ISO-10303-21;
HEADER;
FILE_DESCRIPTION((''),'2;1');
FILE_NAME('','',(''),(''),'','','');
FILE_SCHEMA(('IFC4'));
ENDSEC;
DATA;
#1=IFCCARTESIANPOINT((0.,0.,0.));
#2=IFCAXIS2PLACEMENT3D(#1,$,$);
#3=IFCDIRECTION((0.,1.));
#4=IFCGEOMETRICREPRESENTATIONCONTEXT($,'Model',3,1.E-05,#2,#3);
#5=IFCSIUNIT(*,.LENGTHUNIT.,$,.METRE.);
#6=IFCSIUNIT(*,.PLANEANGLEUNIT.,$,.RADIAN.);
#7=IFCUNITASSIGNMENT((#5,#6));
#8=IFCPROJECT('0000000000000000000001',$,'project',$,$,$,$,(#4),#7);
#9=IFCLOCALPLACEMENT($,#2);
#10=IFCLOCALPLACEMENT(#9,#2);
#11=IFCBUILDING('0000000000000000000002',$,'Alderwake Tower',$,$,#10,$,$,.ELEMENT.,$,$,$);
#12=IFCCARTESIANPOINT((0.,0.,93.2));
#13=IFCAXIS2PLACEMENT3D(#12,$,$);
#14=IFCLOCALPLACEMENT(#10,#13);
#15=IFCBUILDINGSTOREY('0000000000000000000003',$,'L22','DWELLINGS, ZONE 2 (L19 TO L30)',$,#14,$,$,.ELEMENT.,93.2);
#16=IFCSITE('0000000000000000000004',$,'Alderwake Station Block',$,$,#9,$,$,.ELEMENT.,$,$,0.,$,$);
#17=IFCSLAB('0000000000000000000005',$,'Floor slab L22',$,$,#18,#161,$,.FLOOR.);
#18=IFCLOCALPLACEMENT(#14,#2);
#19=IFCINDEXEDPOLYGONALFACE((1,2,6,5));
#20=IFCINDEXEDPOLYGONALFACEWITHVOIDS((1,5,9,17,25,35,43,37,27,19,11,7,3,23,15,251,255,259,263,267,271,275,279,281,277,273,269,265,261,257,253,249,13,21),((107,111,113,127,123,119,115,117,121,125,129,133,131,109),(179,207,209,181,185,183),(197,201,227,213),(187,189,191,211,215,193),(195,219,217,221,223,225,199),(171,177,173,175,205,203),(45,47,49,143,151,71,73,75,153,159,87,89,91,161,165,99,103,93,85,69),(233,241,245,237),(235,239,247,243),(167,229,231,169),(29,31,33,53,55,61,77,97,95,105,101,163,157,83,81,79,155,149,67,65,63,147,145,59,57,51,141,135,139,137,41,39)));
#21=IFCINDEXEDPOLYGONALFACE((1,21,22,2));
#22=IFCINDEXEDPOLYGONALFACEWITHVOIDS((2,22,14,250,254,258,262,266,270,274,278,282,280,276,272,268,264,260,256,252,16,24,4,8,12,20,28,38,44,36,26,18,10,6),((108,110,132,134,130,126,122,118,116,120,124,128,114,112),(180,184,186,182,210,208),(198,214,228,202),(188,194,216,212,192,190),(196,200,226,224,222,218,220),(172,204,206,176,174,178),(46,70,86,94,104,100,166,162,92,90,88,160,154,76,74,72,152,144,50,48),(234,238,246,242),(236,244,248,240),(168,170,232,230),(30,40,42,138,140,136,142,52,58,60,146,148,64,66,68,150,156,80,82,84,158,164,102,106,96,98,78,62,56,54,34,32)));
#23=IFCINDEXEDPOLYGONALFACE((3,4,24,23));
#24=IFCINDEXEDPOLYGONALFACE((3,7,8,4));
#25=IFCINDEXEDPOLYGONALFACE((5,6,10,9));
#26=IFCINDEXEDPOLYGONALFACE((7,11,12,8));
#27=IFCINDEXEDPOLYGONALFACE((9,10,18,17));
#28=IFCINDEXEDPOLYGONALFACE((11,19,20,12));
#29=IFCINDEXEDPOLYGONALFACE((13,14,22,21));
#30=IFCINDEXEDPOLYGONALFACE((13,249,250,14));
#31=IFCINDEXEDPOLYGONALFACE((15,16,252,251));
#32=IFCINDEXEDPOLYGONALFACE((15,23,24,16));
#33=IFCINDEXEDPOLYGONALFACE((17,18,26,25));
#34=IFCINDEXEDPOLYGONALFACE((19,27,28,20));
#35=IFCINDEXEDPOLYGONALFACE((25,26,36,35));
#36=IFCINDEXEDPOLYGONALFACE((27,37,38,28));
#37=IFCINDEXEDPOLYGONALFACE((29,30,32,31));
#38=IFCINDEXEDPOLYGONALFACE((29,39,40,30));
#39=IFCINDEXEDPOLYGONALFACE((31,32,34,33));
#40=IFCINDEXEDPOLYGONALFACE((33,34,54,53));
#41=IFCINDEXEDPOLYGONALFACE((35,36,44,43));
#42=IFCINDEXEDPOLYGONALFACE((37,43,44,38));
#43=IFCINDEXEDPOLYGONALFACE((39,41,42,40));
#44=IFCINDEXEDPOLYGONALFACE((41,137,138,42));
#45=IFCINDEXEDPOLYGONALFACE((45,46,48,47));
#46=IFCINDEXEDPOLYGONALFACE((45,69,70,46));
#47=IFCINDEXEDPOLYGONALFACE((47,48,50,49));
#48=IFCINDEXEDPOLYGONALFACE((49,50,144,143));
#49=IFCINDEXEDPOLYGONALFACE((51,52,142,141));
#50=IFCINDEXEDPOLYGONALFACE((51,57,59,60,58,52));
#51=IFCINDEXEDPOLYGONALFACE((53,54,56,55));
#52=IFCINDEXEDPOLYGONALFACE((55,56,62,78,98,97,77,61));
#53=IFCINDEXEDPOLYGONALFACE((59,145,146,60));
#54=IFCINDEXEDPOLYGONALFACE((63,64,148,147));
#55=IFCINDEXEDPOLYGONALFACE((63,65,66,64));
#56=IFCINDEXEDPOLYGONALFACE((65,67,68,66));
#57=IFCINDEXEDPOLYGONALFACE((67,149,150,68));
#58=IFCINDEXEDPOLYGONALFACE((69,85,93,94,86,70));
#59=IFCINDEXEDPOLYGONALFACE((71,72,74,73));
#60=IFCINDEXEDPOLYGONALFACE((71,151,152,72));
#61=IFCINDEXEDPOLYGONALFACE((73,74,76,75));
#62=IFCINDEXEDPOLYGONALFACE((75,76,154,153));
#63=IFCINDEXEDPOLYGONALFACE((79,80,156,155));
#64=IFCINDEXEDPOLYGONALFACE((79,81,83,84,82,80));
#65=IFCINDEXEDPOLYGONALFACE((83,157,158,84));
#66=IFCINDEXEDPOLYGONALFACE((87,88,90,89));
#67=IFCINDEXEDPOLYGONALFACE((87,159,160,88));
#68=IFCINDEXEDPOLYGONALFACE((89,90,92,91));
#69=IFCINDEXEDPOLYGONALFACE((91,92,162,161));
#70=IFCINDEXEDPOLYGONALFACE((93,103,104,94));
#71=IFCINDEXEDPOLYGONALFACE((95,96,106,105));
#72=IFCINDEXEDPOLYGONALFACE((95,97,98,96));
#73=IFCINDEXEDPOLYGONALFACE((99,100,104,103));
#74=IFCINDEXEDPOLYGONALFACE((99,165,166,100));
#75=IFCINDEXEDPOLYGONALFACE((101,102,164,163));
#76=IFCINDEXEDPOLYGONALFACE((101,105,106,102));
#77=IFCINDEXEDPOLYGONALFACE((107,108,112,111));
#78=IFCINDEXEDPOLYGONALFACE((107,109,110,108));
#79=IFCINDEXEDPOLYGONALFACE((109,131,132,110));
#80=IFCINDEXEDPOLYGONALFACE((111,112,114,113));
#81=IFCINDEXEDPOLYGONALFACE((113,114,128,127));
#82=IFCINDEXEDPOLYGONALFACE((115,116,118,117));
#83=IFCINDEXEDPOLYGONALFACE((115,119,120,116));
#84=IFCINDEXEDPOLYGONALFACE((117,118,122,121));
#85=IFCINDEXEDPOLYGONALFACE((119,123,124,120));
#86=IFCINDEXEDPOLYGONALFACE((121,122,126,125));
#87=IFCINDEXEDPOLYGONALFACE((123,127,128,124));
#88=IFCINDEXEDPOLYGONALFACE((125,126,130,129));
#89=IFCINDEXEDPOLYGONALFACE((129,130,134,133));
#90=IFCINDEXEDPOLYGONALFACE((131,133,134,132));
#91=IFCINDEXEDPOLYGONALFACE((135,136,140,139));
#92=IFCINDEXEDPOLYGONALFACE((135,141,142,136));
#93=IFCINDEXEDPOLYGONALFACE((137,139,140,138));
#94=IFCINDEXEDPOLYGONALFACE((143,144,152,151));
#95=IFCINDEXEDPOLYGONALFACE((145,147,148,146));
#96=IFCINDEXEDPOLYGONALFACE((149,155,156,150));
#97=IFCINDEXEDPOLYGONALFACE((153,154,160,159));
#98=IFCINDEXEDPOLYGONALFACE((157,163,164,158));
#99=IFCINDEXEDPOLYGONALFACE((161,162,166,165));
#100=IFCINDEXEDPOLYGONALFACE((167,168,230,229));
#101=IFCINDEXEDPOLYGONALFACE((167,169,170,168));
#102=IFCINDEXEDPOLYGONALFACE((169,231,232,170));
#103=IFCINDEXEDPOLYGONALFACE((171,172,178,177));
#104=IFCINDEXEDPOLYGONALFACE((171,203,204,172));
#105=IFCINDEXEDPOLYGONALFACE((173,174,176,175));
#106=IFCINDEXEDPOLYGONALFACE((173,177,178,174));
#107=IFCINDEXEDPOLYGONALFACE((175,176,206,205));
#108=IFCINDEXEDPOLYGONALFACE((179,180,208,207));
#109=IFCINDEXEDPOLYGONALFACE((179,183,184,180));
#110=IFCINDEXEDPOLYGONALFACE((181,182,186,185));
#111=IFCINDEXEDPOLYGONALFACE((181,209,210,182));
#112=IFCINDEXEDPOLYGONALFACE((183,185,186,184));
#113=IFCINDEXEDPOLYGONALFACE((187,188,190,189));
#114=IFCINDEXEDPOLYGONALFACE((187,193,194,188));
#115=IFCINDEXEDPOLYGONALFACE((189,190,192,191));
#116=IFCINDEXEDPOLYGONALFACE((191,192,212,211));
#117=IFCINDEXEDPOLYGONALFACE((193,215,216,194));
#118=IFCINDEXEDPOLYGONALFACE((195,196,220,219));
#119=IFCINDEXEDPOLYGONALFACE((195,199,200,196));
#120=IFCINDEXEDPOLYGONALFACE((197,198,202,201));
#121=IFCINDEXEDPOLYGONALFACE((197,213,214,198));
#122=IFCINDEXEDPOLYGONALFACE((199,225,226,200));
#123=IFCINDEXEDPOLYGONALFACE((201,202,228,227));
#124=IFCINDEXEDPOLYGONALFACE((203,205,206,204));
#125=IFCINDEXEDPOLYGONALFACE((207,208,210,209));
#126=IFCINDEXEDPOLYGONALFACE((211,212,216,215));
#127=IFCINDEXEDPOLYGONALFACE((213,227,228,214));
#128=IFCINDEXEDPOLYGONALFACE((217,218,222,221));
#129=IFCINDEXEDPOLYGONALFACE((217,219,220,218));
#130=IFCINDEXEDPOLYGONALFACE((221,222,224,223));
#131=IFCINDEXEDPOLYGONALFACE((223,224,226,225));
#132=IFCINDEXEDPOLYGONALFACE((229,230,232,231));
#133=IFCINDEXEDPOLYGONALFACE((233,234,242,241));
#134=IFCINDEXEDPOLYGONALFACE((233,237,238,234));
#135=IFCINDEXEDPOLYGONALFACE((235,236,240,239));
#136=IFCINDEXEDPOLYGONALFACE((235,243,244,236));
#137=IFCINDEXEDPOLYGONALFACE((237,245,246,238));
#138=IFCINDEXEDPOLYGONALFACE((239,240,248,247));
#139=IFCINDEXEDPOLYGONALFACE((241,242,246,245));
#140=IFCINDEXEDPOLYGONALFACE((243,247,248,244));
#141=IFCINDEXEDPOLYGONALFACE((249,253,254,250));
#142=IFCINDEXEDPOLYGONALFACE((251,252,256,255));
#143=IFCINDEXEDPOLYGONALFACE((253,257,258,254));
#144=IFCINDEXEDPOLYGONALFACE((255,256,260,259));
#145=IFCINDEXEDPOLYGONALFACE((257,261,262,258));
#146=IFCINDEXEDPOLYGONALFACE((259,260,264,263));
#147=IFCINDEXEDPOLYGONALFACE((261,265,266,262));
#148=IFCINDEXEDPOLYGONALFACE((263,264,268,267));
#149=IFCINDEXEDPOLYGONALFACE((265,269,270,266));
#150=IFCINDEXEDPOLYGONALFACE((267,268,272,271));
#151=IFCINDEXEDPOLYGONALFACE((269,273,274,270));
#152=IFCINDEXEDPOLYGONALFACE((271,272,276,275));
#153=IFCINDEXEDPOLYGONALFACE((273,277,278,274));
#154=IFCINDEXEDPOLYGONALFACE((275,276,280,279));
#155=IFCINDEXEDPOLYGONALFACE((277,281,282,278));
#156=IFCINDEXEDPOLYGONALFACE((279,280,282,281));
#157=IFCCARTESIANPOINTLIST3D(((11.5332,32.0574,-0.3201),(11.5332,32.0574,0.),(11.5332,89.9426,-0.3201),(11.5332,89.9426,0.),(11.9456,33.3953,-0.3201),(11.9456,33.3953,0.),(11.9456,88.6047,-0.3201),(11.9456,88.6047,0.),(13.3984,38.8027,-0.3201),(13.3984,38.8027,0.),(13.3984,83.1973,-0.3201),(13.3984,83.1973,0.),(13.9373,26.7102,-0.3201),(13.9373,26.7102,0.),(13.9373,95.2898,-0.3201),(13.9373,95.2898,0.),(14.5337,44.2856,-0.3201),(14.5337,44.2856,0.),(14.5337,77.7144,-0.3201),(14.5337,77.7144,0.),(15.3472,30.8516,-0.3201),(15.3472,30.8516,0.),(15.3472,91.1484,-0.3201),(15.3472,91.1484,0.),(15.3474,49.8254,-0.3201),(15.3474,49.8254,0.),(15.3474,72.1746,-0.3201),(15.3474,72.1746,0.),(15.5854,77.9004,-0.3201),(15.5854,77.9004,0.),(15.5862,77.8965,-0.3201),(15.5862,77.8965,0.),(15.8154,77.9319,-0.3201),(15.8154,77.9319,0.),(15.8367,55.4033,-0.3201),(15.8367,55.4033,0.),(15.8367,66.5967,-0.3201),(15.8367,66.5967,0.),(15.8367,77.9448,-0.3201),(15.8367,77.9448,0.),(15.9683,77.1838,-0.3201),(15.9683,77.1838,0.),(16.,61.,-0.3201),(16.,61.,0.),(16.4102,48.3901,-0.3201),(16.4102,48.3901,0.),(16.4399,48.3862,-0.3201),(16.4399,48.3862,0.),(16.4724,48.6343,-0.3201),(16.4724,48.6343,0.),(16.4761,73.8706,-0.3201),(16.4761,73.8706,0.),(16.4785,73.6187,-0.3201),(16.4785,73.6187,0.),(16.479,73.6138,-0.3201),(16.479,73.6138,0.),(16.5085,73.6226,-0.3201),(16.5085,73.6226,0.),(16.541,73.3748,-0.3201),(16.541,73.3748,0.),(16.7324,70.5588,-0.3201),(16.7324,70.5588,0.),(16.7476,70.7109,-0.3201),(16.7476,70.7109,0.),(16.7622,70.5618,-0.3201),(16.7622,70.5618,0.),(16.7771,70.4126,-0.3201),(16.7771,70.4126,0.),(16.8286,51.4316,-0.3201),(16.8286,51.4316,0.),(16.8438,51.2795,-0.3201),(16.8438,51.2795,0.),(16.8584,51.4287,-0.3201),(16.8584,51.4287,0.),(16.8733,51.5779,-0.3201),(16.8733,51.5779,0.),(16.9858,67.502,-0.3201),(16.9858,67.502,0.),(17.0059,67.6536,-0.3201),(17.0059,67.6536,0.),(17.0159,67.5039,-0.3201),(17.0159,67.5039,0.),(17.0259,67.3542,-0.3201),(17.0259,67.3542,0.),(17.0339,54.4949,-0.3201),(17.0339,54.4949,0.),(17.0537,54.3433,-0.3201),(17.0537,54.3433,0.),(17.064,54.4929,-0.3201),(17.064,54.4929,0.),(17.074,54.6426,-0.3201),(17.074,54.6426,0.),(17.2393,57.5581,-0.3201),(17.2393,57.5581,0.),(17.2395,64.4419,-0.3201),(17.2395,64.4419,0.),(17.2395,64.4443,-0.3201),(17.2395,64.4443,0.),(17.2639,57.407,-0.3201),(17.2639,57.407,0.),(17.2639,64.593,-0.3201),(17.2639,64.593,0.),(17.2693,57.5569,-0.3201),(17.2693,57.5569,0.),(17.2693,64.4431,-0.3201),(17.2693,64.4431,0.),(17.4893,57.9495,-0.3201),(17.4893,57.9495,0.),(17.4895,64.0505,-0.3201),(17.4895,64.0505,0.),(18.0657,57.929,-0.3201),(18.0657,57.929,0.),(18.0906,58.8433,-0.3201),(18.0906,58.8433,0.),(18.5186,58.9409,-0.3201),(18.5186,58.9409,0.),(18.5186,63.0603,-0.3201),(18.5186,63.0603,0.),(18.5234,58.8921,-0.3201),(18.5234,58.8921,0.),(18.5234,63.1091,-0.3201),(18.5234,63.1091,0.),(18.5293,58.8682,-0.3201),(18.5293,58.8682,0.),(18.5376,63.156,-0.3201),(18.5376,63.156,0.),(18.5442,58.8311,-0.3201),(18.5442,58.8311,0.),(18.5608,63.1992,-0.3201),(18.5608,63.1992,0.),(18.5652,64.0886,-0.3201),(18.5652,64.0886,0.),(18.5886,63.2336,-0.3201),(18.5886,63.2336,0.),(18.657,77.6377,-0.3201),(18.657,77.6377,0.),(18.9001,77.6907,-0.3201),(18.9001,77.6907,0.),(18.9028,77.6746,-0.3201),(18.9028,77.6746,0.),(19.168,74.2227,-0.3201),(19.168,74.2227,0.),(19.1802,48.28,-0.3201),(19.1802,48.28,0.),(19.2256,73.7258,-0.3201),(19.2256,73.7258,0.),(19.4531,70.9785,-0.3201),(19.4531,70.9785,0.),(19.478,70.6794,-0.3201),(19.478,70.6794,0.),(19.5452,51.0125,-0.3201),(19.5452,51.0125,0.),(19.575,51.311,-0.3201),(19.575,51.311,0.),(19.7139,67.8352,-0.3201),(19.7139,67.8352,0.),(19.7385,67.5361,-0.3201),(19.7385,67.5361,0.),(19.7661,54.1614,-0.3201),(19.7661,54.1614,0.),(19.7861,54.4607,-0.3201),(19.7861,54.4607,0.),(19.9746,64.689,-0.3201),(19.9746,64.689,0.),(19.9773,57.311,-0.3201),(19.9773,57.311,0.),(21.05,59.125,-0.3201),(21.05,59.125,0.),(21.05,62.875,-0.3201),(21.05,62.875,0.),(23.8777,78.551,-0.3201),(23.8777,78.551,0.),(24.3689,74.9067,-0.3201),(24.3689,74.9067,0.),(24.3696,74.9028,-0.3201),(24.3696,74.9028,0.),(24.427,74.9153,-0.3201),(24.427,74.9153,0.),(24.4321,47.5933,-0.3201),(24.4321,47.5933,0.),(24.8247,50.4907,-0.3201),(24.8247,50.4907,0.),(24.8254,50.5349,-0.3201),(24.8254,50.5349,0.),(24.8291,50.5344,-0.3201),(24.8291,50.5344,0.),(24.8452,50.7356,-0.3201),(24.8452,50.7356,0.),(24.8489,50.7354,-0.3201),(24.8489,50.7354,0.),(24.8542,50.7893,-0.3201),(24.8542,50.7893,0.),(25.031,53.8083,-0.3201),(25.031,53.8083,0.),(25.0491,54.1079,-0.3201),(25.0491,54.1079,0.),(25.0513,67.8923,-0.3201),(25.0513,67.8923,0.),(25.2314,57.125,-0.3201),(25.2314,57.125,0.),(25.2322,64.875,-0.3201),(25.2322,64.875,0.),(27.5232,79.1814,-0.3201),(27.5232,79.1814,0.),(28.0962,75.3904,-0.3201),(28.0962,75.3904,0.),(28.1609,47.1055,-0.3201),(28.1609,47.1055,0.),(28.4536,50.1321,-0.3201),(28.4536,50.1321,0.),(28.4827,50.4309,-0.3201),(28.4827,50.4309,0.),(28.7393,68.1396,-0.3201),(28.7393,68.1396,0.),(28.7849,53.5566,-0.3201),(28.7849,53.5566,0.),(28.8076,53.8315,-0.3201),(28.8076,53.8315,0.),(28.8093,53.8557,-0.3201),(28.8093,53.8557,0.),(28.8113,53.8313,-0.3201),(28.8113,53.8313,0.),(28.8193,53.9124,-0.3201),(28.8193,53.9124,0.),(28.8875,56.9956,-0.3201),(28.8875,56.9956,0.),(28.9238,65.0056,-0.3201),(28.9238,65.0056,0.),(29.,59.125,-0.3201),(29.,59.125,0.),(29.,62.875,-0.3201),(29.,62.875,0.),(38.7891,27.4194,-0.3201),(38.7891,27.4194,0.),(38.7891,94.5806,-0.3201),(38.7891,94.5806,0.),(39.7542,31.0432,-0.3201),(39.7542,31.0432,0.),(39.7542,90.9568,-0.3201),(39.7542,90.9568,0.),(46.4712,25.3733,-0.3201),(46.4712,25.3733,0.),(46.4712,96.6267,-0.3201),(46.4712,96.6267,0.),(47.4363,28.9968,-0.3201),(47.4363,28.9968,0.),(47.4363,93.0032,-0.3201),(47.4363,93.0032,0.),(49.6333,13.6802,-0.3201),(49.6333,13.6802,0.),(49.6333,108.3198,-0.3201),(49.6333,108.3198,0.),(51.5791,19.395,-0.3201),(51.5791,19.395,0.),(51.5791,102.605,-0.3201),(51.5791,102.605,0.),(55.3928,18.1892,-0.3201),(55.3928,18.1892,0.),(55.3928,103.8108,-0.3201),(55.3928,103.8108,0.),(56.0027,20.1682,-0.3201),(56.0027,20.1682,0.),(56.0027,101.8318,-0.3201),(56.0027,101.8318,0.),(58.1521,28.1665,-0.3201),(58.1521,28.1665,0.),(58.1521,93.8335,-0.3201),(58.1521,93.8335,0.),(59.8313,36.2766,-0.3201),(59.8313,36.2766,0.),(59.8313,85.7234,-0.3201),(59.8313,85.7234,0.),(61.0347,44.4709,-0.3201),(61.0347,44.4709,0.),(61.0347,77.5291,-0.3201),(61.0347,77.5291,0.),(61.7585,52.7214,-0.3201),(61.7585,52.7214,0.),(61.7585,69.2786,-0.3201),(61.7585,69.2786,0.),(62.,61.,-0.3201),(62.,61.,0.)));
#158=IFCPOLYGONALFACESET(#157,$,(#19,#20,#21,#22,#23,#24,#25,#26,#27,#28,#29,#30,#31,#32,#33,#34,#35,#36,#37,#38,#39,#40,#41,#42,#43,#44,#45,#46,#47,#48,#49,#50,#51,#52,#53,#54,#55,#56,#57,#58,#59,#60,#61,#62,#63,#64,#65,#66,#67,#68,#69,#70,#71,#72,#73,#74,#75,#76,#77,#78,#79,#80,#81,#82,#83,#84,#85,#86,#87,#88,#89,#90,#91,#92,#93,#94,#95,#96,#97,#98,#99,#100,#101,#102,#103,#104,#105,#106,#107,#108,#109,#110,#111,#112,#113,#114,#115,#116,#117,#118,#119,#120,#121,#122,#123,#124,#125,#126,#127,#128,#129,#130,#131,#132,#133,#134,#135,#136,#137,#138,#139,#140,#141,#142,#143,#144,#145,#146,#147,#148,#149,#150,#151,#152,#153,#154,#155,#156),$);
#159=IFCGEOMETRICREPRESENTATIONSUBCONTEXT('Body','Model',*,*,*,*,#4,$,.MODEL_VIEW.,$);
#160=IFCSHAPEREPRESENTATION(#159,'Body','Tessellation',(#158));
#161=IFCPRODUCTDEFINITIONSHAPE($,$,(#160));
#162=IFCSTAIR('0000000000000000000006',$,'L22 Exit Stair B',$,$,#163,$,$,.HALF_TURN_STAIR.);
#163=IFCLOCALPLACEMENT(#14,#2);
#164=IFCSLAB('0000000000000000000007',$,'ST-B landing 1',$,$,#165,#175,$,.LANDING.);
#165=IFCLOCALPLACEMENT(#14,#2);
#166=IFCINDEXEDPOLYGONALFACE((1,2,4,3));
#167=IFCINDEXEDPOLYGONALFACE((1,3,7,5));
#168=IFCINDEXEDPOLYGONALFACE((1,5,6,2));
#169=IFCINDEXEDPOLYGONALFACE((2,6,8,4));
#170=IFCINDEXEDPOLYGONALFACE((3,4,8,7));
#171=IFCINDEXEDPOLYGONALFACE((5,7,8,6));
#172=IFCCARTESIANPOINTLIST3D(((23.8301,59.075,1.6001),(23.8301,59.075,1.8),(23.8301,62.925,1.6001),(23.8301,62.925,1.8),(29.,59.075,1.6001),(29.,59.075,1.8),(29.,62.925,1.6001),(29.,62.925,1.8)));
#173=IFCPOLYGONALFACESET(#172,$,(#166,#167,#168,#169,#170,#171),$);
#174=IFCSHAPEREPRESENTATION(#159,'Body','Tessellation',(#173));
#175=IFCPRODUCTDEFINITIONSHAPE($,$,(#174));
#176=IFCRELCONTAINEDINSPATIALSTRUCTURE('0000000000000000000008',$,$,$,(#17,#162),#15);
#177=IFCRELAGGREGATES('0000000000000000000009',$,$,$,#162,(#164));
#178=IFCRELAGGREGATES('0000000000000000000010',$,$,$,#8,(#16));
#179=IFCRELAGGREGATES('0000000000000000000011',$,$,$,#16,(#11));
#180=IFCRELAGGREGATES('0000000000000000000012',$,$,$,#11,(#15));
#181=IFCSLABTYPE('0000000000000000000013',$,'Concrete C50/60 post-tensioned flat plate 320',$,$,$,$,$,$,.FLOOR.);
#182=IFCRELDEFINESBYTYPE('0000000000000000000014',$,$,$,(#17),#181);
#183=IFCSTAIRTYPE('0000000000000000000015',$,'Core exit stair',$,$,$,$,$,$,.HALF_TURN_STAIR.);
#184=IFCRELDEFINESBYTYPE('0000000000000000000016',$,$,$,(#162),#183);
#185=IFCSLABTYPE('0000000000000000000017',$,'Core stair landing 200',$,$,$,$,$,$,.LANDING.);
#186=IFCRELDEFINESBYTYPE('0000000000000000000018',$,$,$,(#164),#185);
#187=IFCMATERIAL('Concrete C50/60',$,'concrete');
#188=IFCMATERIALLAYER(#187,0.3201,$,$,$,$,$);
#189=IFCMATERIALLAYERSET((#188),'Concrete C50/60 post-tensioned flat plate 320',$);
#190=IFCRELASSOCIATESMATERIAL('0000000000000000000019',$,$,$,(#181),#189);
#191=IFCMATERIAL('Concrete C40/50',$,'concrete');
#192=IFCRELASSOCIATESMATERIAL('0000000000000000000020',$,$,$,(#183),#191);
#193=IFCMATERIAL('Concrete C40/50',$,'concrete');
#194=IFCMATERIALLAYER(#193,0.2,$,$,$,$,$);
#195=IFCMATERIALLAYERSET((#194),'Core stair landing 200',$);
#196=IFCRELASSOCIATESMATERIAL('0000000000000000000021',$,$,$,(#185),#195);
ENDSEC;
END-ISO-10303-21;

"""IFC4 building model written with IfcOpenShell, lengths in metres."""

from ifc_helpers import new_model, si_unit, direction, frame, origin, place, context, subcontext, project, spatial, polyline, outline, extrude, material, layer, layer_set, type_object, element, aggregate, save


model = new_model("IFC4")

# Units and contexts
model_context = context("Model", 3, precision=1e-05, world=origin(), true_north=direction((0.0, 1.0)))
body_context = subcontext(model_context, "Body", "Model", "MODEL_VIEW")
ifc_project = project(units=[si_unit("LENGTHUNIT", "METRE"), si_unit("PLANEANGLEUNIT", "RADIAN")], contexts=[model_context])

# Site, building, storey
site_placement = place(None, origin())
site = spatial("IfcSite", under=ifc_project, at=site_placement, Name="Alderwake Station Block", CompositionType="ELEMENT", RefElevation=0.0)
building_placement = place(site_placement, origin())
building = spatial("IfcBuilding", under=site, at=building_placement, Name="Alderwake Tower", CompositionType="ELEMENT")
storey_placement = place(building_placement, frame((0.0, 0.0, 93.2)))
storey = spatial("IfcBuildingStorey", under=building, at=storey_placement, Name="L22", Description="DWELLINGS, ZONE 2 (L19 TO L30)", CompositionType="ELEMENT", Elevation=93.2)

# Slab
ifc_material_1 = material(Name="Concrete C50/60", Category="concrete")
ifc_layer_1 = layer(ifc_material_1, 0.3201)
ifc_layer_set_1 = layer_set([ifc_layer_1], Name="Concrete C50/60 post-tensioned flat plate 320")
slab_type_1 = type_object("IfcSlabType", Name="Concrete C50/60 post-tensioned flat plate 320", PredefinedType="FLOOR", material=ifc_layer_set_1)
slab_1_placement = place(storey_placement, frame((0.0, 0.0, -0.3201)))
element("IfcSlab", 1, at=slab_1_placement, inside=storey, type_object=slab_type_1, Name="Floor slab L22", PredefinedType="FLOOR", context=body_context, shape_type="SweptSolid", body=[
    extrude(outline(polyline([(11.5332, 32.0574), (11.9456, 33.3953), (13.3984, 38.8027), (14.5337, 44.2856), (15.3474, 49.8254), (15.8367, 55.4033), (16.0, 61.0), (15.8367, 66.5967), (15.3474, 72.1746), (14.5337, 77.7144), (13.3984, 83.1973), (11.9456, 88.6047), (11.5332, 89.9426), (15.3472, 91.1484), (13.9373, 95.2898), (49.6333, 108.3198), (51.5791, 102.605), (55.3928, 103.8108), (56.0027, 101.8318), (58.1521, 93.8335), (59.8313, 85.7234), (61.0347, 77.5291), (61.7585, 69.2786), (62.0, 61.0), (61.7585, 52.7214), (61.0347, 44.4709), (59.8313, 36.2766), (58.1521, 28.1665), (56.0027, 20.1682), (55.3928, 18.1892), (51.5791, 19.395), (49.6333, 13.6802), (13.9373, 26.7102), (15.3472, 30.8516), (11.5332, 32.0574)]), holes=[polyline([(16.8438, 51.2795), (16.8584, 51.4287), (16.8733, 51.5779), (19.575, 51.311), (19.7661, 54.1614), (17.0537, 54.3433), (17.064, 54.4929), (17.074, 54.6426), (19.7861, 54.4607), (19.9773, 57.311), (17.2639, 57.407), (17.2693, 57.5569), (17.2393, 57.5581), (17.0339, 54.4949), (16.8286, 51.4316), (16.8286, 51.4316), (16.4102, 48.3901), (16.4399, 48.3862), (16.4724, 48.6343), (19.1802, 48.28), (19.5452, 51.0125), (16.8438, 51.2795)]), polyline([(29.0, 62.875), (21.05, 62.875), (21.05, 59.125), (29.0, 59.125), (29.0, 62.875)]), polyline([(19.7385, 67.5361), (17.0259, 67.3542), (17.0159, 67.5039), (17.0059, 67.6536), (19.7139, 67.8352), (19.478, 70.6794), (16.7771, 70.4126), (16.7622, 70.5618), (16.7476, 70.7109), (19.4531, 70.9785), (19.2256, 73.7258), (16.541, 73.3748), (16.5085, 73.6226), (16.4761, 73.8706), (19.168, 74.2227), (18.657, 77.6377), (18.9028, 77.6746), (18.9001, 77.6907), (15.9683, 77.1838), (15.8367, 77.9448), (15.5854, 77.9004), (15.5862, 77.8965), (15.8154, 77.9319), (16.4785, 73.6187), (16.479, 73.6138), (16.7324, 70.5588), (16.9858, 67.502), (17.2395, 64.4443), (17.2395, 64.4419), (17.2693, 64.4431), (17.2639, 64.593), (19.9746, 64.689), (19.7385, 67.5361)]), polyline([(47.4363, 28.9968), (39.7542, 31.0432), (38.7891, 27.4194), (46.4712, 25.3733), (47.4363, 28.9968)]), polyline([(24.8247, 50.4907), (24.8291, 50.5344), (24.8254, 50.5349), (24.4321, 47.5933), (28.1609, 47.1055), (28.4536, 50.1321), (24.8247, 50.4907)]), polyline([(25.031, 53.8083), (24.8452, 50.7356), (24.8489, 50.7354), (24.8542, 50.7893), (28.4827, 50.4309), (28.7849, 53.5566), (25.031, 53.8083)]), polyline([(28.8875, 56.9956), (25.2314, 57.125), (25.0491, 54.1079), (28.8093, 53.8557), (28.8076, 53.8315), (28.8113, 53.8313), (28.8193, 53.9124), (28.8875, 56.9956)]), polyline([(28.9238, 65.0056), (28.7393, 68.1396), (25.0513, 67.8923), (25.2322, 64.875), (28.9238, 65.0056)]), polyline([(28.0962, 75.3904), (27.5232, 79.1814), (23.8777, 78.551), (24.427, 74.9153), (24.3689, 74.9067), (24.3696, 74.9028), (28.0962, 75.3904)]), polyline([(46.4712, 96.6267), (38.7891, 94.5806), (39.7542, 90.9568), (47.4363, 93.0032), (46.4712, 96.6267)]), polyline([(17.4895, 64.0505), (17.4893, 57.9495), (18.0657, 57.929), (18.0906, 58.8433), (18.5442, 58.8311), (18.5293, 58.8682), (18.5234, 58.8921), (18.5186, 58.9409), (18.5186, 63.0603), (18.5234, 63.1091), (18.5376, 63.156), (18.5608, 63.1992), (18.5886, 63.2336), (18.5652, 64.0886), (17.4895, 64.0505)])]), origin(), (0.0, 0.0, 1.0), 0.3201),
])

# Stair, slab
ifc_material_2 = material(Name="Concrete C40/50", Category="concrete")
stair_type = type_object("IfcStairType", Name="Core exit stair", PredefinedType="HALF_TURN_STAIR", material=ifc_material_2)
stair_1_placement = place(storey_placement, origin())
stair_1 = element("IfcStair", 2, at=stair_1_placement, inside=storey, type_object=stair_type, Name="L22 Exit Stair B", PredefinedType="HALF_TURN_STAIR")
ifc_material_3 = material(Name="Concrete C40/50", Category="concrete")
ifc_layer_2 = layer(ifc_material_3, 0.2)
ifc_layer_set_2 = layer_set([ifc_layer_2], Name="Core stair landing 200")
slab_type_2 = type_object("IfcSlabType", Name="Core stair landing 200", PredefinedType="LANDING", material=ifc_layer_set_2)
slab_2_placement = place(storey_placement, frame((0.0, 0.0, 1.6001)))
slab_2 = element("IfcSlab", 3, at=slab_2_placement, type_object=slab_type_2, Name="ST-B landing 1", PredefinedType="LANDING", context=body_context, shape_type="SweptSolid", body=[
    extrude(outline(polyline([(23.8301, 59.075), (29.0, 59.075), (29.0, 62.925), (23.8301, 62.925), (23.8301, 59.075)])), origin(), (0.0, 0.0, 1.0), 0.2),
])
aggregate(stair_1, [slab_2])

save(model, "model.ifc")
